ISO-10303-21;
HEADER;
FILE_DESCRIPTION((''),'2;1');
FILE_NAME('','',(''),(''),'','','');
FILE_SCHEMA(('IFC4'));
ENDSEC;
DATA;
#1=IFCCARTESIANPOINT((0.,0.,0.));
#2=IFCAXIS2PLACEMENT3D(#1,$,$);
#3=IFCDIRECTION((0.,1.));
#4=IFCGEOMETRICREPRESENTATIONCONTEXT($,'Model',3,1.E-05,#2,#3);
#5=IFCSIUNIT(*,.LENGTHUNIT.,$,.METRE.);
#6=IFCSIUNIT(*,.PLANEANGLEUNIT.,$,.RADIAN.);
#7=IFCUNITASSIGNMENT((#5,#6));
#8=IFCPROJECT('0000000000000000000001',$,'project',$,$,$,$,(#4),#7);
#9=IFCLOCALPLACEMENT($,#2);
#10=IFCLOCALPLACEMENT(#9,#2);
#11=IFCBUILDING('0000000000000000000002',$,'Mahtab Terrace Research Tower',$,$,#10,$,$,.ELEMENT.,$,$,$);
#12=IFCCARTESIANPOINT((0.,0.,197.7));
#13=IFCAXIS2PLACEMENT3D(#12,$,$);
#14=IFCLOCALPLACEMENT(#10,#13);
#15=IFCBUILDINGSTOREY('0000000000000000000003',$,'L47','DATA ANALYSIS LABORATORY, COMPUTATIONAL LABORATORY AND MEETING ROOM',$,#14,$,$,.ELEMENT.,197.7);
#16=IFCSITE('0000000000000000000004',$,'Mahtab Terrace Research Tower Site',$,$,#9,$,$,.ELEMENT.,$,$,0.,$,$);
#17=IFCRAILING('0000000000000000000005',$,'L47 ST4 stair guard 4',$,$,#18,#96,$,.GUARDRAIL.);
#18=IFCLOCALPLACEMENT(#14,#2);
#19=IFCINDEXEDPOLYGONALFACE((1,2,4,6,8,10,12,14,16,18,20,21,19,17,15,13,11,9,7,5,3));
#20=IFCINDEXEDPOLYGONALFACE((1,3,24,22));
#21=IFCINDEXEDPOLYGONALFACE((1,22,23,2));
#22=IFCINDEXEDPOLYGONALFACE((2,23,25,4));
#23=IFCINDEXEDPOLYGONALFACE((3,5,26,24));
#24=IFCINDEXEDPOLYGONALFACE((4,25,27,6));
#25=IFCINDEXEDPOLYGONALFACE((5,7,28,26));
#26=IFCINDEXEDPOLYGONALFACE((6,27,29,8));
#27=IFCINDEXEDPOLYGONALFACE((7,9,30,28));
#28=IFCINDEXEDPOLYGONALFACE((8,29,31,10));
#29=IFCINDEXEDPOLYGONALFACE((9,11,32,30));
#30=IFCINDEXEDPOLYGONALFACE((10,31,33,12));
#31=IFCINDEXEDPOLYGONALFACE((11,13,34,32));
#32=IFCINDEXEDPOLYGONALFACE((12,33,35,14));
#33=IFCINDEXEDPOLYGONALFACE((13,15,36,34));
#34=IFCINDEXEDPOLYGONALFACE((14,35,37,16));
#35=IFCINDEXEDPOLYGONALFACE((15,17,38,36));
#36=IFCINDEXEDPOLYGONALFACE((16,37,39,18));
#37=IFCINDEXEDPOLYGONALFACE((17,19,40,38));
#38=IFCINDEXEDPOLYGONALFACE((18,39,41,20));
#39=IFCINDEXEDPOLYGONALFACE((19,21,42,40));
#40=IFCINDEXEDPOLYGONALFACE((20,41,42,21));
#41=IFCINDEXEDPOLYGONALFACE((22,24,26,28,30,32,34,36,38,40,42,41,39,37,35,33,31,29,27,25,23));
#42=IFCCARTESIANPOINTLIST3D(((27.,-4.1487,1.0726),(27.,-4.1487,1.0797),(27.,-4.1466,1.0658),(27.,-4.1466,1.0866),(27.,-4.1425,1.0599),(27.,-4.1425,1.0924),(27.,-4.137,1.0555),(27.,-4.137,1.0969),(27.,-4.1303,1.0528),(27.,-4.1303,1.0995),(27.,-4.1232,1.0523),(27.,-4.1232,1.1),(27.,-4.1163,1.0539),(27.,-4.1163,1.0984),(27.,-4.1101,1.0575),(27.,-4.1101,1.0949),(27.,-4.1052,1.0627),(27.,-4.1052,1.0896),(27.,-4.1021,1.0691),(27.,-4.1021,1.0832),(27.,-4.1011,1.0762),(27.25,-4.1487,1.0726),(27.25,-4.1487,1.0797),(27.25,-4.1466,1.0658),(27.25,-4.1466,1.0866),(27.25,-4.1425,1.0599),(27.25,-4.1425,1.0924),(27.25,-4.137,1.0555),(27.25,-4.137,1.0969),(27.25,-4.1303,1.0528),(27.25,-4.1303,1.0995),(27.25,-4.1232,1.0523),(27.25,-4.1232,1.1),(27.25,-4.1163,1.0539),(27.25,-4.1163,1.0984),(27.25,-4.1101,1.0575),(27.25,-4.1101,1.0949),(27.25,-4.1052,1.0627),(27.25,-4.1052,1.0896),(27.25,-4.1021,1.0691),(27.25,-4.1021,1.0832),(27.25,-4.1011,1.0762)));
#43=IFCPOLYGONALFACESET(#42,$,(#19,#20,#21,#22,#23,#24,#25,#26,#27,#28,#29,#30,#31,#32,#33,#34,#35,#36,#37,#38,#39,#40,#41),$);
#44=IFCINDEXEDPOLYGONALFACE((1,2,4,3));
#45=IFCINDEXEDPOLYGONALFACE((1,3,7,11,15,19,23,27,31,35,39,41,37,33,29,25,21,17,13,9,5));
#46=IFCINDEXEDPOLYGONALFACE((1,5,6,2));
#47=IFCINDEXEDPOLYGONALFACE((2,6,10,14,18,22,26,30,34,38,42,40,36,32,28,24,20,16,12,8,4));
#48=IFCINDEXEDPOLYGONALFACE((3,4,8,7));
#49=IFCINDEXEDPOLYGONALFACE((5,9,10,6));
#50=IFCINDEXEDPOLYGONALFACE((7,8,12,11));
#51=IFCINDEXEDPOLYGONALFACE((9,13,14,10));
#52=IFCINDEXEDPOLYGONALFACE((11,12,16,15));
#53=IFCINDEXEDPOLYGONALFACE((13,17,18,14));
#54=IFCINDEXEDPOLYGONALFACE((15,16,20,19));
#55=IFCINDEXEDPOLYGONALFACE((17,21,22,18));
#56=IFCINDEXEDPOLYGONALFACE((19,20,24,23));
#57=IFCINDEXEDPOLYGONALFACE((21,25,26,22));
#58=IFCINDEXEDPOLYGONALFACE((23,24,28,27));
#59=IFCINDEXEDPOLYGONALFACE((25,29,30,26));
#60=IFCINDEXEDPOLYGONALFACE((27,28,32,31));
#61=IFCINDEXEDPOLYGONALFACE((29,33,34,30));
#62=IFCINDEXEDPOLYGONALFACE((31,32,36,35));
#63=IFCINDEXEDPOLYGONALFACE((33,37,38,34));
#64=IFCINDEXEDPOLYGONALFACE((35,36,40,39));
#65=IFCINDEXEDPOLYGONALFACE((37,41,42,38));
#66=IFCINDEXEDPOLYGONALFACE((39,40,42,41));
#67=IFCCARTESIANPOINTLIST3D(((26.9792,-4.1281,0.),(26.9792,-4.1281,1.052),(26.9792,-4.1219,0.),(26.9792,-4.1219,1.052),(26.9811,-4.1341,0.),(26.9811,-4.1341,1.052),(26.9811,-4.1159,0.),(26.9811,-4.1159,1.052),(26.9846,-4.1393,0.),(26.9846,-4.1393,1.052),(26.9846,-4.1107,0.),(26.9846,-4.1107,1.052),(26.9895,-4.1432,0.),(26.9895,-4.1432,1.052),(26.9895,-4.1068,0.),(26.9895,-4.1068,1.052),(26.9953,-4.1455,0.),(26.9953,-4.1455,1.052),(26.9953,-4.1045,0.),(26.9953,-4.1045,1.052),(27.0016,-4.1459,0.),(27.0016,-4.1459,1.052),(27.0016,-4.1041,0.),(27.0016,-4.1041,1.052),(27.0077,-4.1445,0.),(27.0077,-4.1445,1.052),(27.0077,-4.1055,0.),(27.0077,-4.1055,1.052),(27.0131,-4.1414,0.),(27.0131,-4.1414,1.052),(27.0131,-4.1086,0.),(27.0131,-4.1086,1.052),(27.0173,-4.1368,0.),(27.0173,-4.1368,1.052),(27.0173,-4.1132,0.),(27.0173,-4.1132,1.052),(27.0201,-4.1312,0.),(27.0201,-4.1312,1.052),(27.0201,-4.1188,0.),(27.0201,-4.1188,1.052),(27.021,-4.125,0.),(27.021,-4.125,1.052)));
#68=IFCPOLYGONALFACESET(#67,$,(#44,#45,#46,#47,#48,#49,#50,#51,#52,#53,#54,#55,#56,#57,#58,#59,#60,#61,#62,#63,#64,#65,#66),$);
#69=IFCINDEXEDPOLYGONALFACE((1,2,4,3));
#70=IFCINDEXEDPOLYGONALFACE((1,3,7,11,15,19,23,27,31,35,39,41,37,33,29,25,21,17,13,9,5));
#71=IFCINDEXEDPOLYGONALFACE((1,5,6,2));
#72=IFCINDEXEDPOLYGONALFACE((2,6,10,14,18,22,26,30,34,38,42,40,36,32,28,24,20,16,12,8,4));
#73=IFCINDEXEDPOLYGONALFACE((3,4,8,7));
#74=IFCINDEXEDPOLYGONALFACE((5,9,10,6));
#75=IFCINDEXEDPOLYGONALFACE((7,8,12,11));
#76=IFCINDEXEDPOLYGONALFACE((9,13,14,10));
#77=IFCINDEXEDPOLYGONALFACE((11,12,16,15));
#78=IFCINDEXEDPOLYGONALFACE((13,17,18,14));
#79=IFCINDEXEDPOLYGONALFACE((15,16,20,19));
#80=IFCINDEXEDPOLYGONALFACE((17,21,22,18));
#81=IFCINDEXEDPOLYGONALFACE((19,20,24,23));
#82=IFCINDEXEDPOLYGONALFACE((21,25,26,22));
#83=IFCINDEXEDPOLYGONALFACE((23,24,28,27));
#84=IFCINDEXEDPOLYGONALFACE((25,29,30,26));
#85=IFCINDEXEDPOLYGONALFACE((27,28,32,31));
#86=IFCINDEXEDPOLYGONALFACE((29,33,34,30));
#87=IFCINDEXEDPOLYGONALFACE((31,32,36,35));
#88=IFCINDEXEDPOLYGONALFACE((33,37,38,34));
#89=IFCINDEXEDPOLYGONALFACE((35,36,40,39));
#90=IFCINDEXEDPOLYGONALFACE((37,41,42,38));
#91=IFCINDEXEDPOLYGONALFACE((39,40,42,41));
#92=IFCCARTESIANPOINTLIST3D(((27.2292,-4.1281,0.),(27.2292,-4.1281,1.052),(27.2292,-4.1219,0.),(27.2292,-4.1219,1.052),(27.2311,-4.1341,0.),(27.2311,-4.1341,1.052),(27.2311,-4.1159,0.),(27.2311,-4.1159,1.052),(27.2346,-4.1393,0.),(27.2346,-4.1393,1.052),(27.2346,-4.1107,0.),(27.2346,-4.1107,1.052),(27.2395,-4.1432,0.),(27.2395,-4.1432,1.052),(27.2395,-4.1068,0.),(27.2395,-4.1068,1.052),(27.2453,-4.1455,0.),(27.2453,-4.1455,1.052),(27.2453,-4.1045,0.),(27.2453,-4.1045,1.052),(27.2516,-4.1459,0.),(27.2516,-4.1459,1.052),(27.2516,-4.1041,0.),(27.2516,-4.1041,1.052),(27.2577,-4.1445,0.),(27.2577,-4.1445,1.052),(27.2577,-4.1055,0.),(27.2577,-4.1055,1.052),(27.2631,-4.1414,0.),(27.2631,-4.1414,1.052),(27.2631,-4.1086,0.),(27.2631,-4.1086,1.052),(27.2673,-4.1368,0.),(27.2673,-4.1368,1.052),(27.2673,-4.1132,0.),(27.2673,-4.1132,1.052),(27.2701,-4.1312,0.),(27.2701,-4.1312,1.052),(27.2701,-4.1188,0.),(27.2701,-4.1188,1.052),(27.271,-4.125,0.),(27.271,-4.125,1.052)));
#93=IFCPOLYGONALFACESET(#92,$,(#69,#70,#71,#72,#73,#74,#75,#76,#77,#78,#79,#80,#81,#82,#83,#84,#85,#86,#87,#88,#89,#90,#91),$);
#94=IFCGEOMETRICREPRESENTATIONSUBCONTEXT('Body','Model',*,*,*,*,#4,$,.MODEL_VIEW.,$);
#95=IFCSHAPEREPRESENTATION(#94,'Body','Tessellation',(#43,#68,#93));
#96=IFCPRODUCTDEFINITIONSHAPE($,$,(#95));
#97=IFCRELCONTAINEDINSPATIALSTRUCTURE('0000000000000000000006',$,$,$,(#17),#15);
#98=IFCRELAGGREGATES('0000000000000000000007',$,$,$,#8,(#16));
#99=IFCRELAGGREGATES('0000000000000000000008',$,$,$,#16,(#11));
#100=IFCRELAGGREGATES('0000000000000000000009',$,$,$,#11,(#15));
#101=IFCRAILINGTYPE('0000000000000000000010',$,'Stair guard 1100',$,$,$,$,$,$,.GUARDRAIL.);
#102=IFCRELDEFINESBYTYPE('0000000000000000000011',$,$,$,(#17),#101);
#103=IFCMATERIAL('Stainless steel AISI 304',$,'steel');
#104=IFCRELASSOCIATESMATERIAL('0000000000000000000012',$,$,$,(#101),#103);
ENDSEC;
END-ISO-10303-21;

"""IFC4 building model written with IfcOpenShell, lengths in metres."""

from ifc_helpers import new_model, si_unit, direction, frame, origin, origin_2d, place, context, subcontext, project, spatial, circle, extrude, material, type_object, element, save


model = new_model("IFC4")

# Units and contexts
model_context = context("Model", 3, precision=1e-05, world=origin(), true_north=direction((0.0, 1.0)))
body_context = subcontext(model_context, "Body", "Model", "MODEL_VIEW")
ifc_project = project(units=[si_unit("LENGTHUNIT", "METRE"), si_unit("PLANEANGLEUNIT", "RADIAN")], contexts=[model_context])

# Site, building, storey
site_placement = place(None, origin())
site = spatial("IfcSite", under=ifc_project, at=site_placement, Name="Mahtab Terrace Research Tower Site", CompositionType="ELEMENT", RefElevation=0.0)
building_placement = place(site_placement, origin())
building = spatial("IfcBuilding", under=site, at=building_placement, Name="Mahtab Terrace Research Tower", CompositionType="ELEMENT")
storey_placement = place(building_placement, frame((0.0, 0.0, 197.7)))
storey = spatial("IfcBuildingStorey", under=building, at=storey_placement, Name="L47", Description="DATA ANALYSIS LABORATORY, COMPUTATIONAL LABORATORY AND MEETING ROOM", CompositionType="ELEMENT", Elevation=197.7)

# Railing
ifc_material_1 = material(Name="Stainless steel AISI 304", Category="steel")
railing_type_1 = type_object("IfcRailingType", Name="Stair guard 1100", PredefinedType="GUARDRAIL", material=ifc_material_1)
railing_1_placement = place(storey_placement, frame((27.0, -4.125, 0.0)))
element("IfcRailing", 1, at=railing_1_placement, inside=storey, type_object=railing_type_1, Name="L47 ST4 stair guard 4", PredefinedType="GUARDRAIL", context=body_context, shape_type="SweptSolid", body=[
    extrude(circle(Radius=0.0239, at=origin_2d()), frame((0.0, 0.0, 1.0762), z_axis=(1.0, 0.0, 0.0), x_axis=(0.0, 1.0, 0.0)), (0.0, 0.0, 1.0), 0.25),
    extrude(circle(Radius=0.021, at=origin_2d()), origin(), (0.0, 0.0, 1.0), 1.052),
    extrude(circle(Radius=0.021, at=origin_2d()), frame((0.25, 0.0, 0.0)), (0.0, 0.0, 1.0), 1.052),
])

save(model, "model.ifc")
